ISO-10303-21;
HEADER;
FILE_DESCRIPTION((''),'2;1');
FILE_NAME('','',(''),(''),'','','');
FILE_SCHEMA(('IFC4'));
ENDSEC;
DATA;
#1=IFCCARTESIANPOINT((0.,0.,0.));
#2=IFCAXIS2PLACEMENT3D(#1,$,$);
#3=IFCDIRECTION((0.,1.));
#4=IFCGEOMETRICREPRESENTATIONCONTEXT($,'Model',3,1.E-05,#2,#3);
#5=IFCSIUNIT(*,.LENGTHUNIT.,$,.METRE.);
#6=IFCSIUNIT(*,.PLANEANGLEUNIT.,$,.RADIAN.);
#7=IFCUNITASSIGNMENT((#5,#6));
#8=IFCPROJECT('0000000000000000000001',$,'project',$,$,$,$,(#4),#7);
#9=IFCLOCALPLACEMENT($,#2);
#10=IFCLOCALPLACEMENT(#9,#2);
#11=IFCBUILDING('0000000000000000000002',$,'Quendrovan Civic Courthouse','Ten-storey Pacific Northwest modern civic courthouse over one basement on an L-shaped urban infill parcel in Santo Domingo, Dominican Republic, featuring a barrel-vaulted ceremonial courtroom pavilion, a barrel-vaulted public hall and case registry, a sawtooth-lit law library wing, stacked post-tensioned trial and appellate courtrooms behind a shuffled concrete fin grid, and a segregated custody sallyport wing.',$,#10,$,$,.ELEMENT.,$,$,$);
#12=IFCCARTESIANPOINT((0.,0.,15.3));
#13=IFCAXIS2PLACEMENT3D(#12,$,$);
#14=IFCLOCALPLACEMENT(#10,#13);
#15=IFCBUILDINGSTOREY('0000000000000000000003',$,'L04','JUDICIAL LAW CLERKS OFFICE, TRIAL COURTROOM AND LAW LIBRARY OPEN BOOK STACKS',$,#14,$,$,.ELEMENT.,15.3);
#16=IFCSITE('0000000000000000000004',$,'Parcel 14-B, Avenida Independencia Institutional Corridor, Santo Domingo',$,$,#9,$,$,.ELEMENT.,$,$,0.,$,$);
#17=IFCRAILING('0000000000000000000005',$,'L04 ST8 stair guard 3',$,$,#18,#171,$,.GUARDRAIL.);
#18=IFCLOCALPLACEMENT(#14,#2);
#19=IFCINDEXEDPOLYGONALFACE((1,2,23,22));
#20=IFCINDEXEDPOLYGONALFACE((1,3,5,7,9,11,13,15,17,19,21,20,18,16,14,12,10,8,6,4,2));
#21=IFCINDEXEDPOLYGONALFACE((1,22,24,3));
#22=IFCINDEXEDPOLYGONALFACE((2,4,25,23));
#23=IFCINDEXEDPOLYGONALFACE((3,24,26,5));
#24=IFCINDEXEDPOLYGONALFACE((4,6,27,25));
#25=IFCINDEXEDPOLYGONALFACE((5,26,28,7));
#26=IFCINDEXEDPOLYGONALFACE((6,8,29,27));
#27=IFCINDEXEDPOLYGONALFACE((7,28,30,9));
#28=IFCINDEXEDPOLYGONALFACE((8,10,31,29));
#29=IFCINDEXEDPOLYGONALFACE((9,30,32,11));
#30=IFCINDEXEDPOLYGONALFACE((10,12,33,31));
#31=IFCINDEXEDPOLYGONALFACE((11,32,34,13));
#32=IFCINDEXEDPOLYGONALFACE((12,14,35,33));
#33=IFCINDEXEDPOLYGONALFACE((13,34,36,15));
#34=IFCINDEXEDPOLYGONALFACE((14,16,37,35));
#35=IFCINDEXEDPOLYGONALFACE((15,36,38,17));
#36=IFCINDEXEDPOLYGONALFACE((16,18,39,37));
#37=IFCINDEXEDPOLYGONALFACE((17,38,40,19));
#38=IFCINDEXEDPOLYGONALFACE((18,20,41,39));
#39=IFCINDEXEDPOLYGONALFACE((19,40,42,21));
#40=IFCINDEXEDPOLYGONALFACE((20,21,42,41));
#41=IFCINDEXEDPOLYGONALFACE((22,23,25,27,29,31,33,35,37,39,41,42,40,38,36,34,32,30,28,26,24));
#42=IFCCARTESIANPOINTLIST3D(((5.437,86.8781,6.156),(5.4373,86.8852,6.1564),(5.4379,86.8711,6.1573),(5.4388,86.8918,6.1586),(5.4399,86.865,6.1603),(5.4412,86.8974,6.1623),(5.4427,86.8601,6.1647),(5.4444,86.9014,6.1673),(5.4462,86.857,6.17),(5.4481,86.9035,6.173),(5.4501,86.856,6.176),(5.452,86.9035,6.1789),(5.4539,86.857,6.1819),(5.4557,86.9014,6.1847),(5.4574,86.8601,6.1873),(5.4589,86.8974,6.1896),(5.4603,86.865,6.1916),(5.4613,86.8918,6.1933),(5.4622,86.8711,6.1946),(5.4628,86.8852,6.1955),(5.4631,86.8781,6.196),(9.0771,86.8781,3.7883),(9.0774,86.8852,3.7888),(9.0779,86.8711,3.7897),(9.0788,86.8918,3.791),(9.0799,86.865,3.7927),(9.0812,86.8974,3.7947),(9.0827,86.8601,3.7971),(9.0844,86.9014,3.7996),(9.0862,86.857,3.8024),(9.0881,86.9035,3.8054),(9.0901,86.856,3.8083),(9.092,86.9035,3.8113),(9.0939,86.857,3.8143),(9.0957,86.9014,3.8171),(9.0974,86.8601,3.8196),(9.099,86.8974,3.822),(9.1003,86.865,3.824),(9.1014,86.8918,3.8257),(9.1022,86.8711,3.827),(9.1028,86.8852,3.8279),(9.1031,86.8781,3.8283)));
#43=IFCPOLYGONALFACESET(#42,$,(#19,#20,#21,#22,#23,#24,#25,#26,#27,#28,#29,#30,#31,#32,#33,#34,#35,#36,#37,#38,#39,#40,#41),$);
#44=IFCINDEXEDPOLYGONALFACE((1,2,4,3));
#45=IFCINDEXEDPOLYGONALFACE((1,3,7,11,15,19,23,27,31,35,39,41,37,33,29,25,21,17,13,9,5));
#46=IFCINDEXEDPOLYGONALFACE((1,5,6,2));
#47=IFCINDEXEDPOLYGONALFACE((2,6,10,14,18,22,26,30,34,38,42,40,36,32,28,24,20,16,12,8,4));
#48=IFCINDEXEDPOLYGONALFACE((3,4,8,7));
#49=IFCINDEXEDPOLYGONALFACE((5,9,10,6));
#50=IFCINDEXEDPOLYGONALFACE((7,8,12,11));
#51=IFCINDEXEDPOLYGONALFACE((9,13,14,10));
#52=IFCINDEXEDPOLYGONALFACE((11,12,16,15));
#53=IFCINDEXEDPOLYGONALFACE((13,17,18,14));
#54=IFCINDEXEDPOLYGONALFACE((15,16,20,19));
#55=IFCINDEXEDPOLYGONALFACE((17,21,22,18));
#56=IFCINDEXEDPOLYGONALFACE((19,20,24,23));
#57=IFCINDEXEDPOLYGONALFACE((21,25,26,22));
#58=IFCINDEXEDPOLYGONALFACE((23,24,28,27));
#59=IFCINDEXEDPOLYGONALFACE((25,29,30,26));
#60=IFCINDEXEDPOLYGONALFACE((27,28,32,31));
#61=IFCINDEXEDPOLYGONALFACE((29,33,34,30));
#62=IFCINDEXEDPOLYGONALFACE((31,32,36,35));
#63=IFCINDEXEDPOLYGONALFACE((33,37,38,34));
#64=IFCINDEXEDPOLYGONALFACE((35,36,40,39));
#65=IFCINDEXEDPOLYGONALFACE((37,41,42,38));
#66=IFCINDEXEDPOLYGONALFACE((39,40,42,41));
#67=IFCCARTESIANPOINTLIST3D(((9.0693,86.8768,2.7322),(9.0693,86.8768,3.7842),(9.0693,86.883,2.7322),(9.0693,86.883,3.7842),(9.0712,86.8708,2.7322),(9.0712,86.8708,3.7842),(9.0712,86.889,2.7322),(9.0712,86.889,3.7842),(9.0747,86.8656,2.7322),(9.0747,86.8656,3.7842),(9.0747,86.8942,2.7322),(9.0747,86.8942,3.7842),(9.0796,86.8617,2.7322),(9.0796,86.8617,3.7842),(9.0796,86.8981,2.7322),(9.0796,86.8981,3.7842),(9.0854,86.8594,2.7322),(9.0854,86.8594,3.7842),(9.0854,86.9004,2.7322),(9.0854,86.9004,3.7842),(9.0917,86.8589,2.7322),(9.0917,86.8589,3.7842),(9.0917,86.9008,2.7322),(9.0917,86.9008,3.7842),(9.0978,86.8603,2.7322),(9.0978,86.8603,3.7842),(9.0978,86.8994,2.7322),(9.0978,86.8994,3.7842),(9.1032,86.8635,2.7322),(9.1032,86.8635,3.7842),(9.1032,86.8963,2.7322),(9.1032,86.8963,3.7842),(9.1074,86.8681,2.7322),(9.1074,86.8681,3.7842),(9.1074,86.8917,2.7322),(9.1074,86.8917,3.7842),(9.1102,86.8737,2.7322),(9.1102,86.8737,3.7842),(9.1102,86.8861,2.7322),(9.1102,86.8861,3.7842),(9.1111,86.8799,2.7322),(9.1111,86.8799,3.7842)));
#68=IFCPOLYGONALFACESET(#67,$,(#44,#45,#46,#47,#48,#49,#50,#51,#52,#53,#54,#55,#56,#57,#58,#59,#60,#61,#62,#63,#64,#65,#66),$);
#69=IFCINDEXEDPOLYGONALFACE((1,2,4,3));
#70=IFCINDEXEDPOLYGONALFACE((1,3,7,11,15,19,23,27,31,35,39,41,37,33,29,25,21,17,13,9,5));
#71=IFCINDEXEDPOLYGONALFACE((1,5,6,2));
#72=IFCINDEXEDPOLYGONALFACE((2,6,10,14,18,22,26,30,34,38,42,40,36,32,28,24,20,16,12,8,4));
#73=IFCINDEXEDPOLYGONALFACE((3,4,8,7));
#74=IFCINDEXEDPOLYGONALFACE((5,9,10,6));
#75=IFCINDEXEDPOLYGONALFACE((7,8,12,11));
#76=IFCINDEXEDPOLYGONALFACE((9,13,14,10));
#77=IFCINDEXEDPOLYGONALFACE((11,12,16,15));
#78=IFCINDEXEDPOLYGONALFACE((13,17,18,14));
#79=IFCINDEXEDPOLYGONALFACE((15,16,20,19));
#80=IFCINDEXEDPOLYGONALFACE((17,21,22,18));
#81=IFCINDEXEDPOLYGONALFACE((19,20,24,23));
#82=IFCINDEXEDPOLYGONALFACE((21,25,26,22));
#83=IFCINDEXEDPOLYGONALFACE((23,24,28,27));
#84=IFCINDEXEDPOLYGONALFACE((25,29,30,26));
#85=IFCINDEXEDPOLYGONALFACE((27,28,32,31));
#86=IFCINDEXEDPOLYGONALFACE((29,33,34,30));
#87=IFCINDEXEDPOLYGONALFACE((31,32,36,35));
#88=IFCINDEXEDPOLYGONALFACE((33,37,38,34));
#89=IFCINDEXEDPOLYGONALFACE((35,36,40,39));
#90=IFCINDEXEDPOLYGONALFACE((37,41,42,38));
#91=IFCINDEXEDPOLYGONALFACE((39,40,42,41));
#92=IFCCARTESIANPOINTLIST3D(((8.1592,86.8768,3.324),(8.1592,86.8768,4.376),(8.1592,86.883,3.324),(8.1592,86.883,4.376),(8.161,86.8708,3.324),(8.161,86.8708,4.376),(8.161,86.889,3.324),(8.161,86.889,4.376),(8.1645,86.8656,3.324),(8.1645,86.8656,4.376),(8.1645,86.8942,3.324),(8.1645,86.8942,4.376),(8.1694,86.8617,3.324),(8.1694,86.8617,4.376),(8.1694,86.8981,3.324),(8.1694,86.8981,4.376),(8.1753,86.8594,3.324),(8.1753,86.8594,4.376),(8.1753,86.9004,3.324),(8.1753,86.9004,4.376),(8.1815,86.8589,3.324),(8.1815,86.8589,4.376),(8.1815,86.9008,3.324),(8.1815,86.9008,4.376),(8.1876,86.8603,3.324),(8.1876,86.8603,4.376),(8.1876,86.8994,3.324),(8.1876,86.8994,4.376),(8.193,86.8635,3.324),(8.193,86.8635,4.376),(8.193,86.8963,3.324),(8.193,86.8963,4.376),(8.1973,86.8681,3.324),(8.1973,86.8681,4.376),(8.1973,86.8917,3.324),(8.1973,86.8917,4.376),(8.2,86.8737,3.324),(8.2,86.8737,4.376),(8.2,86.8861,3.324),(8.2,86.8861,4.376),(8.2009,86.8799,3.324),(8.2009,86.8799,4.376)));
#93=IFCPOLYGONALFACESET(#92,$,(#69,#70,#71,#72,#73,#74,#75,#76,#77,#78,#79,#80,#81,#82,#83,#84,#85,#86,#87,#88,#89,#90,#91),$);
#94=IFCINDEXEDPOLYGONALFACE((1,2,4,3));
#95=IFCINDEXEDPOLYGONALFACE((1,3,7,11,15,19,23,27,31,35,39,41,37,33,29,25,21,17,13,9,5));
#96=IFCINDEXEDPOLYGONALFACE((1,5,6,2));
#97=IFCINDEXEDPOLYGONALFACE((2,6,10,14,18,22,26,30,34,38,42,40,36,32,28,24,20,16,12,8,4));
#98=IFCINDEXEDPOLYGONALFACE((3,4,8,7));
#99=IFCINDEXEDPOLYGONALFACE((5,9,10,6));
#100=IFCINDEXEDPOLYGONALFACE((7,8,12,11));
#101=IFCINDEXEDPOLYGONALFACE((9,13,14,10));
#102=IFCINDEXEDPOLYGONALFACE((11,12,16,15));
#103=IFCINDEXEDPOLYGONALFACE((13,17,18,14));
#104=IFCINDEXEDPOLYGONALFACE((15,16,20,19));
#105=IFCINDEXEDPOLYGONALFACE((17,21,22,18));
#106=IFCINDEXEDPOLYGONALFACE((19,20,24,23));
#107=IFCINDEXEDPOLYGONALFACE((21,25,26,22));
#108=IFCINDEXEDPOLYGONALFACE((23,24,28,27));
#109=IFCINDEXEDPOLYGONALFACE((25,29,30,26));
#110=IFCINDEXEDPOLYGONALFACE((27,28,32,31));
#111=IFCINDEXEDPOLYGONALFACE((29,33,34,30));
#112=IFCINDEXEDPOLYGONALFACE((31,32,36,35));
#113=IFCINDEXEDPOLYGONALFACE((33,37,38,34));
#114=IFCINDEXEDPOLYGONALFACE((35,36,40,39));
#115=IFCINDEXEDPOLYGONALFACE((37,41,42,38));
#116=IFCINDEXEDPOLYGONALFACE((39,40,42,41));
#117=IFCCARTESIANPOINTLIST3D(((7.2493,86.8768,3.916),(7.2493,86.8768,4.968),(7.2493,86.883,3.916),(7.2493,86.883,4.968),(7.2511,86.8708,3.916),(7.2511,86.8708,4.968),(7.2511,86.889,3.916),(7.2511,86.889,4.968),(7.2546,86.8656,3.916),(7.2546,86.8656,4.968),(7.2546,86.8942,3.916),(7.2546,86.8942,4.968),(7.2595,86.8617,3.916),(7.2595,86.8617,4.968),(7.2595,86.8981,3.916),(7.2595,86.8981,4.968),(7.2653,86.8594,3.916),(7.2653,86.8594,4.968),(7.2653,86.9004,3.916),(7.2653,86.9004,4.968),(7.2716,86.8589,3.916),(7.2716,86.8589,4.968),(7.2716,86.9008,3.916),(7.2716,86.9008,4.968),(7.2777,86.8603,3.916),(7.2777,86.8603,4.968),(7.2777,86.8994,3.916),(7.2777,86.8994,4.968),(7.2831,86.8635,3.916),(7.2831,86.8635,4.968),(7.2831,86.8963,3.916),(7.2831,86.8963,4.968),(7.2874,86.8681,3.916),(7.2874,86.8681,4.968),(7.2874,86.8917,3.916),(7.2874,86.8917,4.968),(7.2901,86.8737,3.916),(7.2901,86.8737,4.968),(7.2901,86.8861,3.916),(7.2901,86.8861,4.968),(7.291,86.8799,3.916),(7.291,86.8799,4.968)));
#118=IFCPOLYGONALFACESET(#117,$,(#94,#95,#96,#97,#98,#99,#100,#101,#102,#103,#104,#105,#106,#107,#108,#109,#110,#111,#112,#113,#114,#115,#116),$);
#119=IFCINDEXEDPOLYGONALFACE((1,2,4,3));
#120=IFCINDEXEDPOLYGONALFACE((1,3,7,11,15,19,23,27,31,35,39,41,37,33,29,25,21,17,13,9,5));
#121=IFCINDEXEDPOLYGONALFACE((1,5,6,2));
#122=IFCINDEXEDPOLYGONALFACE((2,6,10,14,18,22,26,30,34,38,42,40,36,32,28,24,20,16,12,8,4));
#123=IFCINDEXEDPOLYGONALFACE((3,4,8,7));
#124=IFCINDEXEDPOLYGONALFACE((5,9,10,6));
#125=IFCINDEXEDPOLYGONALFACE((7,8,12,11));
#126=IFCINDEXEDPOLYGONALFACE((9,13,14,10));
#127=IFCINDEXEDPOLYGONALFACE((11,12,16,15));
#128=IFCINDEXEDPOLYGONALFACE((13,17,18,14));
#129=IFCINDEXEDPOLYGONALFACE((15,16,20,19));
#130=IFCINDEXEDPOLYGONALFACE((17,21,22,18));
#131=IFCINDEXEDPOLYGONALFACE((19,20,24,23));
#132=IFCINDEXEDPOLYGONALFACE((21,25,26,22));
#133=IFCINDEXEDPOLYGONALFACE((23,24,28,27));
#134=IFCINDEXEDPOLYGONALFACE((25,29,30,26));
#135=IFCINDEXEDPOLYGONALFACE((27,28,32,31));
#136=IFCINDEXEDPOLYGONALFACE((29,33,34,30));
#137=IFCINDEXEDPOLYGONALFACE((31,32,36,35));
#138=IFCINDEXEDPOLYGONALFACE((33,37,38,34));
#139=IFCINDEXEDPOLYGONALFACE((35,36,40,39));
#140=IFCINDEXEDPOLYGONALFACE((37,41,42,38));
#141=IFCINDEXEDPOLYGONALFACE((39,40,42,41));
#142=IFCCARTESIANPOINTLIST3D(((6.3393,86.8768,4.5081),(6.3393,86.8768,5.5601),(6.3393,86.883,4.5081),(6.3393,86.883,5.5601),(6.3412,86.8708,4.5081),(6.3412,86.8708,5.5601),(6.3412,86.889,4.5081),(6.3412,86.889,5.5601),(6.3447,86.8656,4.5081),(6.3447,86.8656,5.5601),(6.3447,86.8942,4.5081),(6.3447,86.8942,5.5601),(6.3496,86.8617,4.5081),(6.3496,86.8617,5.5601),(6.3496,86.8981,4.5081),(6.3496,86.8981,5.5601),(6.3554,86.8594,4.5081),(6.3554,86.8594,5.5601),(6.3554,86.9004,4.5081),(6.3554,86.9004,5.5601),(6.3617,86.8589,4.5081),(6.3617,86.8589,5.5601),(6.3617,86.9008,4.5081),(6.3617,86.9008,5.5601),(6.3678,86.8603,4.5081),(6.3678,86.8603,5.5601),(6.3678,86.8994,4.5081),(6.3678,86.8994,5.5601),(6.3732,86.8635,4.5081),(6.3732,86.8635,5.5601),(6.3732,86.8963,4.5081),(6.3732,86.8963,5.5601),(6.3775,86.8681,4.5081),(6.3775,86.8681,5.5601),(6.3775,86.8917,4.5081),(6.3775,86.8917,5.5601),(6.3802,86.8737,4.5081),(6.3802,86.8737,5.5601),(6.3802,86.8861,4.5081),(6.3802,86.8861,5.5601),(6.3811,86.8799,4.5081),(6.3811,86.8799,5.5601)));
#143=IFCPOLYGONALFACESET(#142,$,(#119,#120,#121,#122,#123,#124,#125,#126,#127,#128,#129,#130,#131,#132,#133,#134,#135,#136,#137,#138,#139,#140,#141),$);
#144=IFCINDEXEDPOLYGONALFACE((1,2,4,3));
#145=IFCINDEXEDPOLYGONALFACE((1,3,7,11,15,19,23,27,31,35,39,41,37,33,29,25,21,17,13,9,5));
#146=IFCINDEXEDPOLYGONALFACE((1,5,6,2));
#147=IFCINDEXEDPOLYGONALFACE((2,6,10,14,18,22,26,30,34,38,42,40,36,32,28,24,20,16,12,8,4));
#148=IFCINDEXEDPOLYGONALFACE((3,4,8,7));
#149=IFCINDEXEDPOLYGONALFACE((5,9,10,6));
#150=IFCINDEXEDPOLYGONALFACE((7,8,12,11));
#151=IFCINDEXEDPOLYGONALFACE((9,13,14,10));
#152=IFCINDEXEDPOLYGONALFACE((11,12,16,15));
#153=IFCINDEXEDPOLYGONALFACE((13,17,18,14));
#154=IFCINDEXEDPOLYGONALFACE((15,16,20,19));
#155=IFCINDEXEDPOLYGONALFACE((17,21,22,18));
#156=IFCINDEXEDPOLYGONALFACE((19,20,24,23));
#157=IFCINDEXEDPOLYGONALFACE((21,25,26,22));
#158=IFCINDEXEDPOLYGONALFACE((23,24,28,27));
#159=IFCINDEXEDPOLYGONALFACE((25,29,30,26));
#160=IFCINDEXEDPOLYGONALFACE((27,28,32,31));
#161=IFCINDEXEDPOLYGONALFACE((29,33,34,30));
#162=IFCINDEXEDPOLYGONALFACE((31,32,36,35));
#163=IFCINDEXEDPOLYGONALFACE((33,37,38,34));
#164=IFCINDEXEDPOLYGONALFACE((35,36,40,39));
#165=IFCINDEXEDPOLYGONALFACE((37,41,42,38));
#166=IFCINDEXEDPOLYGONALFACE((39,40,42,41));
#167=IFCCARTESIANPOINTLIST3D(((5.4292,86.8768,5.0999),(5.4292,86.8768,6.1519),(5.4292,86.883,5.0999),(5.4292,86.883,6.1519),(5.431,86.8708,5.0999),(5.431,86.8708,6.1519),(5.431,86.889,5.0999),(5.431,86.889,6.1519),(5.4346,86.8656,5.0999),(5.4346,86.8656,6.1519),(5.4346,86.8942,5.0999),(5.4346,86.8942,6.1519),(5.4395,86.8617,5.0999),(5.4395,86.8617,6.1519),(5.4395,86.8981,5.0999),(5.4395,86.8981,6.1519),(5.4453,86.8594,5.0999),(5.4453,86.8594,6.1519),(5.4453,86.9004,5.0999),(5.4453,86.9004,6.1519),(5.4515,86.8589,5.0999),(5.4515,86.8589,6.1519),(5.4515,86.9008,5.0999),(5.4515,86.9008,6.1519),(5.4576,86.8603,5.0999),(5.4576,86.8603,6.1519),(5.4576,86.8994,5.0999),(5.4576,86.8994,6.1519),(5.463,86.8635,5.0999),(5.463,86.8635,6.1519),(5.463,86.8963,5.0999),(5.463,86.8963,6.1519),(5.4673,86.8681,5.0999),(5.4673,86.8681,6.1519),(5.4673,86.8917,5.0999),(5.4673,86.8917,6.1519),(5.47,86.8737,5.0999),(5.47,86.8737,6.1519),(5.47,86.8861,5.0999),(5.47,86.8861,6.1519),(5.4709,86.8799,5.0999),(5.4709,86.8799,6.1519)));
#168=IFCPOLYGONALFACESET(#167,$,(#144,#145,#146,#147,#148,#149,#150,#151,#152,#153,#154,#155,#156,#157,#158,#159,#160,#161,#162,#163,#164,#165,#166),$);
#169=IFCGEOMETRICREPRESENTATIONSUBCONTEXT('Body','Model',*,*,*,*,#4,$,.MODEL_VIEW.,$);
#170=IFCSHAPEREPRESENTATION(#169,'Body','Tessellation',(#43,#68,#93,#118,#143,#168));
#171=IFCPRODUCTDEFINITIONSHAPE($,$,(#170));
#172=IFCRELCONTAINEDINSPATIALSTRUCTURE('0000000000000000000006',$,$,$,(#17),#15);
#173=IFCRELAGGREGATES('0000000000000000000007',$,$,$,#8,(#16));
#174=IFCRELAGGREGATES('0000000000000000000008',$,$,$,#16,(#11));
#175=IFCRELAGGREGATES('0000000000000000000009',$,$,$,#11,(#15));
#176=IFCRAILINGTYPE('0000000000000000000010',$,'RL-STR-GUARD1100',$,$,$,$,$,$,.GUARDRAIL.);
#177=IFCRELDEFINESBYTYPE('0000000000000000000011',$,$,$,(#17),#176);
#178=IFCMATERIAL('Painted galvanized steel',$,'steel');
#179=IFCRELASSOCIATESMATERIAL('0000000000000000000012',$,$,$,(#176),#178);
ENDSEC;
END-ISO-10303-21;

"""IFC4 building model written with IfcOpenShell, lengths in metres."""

from ifc_helpers import new_model, si_unit, direction, frame, origin, origin_2d, place, context, subcontext, project, spatial, circle, extrude, material, type_object, element, save


model = new_model("IFC4")

# Units and contexts
model_context = context("Model", 3, precision=1e-05, world=origin(), true_north=direction((0.0, 1.0)))
body_context = subcontext(model_context, "Body", "Model", "MODEL_VIEW")
ifc_project = project(units=[si_unit("LENGTHUNIT", "METRE"), si_unit("PLANEANGLEUNIT", "RADIAN")], contexts=[model_context])

# Site, building, storey
site_placement = place(None, origin())
site = spatial("IfcSite", under=ifc_project, at=site_placement, Name="Parcel 14-B, Avenida Independencia Institutional Corridor, Santo Domingo", CompositionType="ELEMENT", RefElevation=0.0)
building_placement = place(site_placement, origin())
building = spatial("IfcBuilding", under=site, at=building_placement, Name="Quendrovan Civic Courthouse", Description="Ten-storey Pacific Northwest modern civic courthouse over one basement on an L-shaped urban infill parcel in Santo Domingo, Dominican Republic, featuring a barrel-vaulted ceremonial courtroom pavilion, a barrel-vaulted public hall and case registry, a sawtooth-lit law library wing, stacked post-tensioned trial and appellate courtrooms behind a shuffled concrete fin grid, and a segregated custody sallyport wing.", CompositionType="ELEMENT")
storey_placement = place(building_placement, frame((0.0, 0.0, 15.3)))
storey = spatial("IfcBuildingStorey", under=building, at=storey_placement, Name="L04", Description="JUDICIAL LAW CLERKS OFFICE, TRIAL COURTROOM AND LAW LIBRARY OPEN BOOK STACKS", CompositionType="ELEMENT", Elevation=15.3)

# Railing
ifc_material_1 = material(Name="Painted galvanized steel", Category="steel")
railing_type_1 = type_object("IfcRailingType", Name="RL-STR-GUARD1100", PredefinedType="GUARDRAIL", material=ifc_material_1)
railing_1_placement = place(storey_placement, frame((9.0901, 86.8799, 2.7322)))
element("IfcRailing", 1, at=railing_1_placement, inside=storey, type_object=railing_type_1, Name="L04 ST8 stair guard 3", PredefinedType="GUARDRAIL", context=body_context, shape_type="SweptSolid", body=[
    extrude(circle(Radius=0.0239, at=origin_2d()), frame((0.0, 0.0, 1.0762), z_axis=(-0.838277, 0.0, 0.545245), x_axis=(0.0, -1.0, 0.0)), (0.0, 0.0, 1.0), 4.3423),
    extrude(circle(Radius=0.021, at=origin_2d()), origin(), (0.0, 0.0, 1.0), 1.052),
    extrude(circle(Radius=0.021, at=origin_2d()), frame((-0.9102, 0.0, 0.5918)), (0.0, 0.0, 1.0), 1.052),
    extrude(circle(Radius=0.021, at=origin_2d()), frame((-1.8201, 0.0, 1.1838)), (0.0, 0.0, 1.0), 1.052),
    extrude(circle(Radius=0.021, at=origin_2d()), frame((-2.73, 0.0, 1.7759)), (0.0, 0.0, 1.0), 1.052),
    extrude(circle(Radius=0.021, at=origin_2d()), frame((-3.6401, 0.0, 2.3677)), (0.0, 0.0, 1.0), 1.052),
])

save(model, "model.ifc")
